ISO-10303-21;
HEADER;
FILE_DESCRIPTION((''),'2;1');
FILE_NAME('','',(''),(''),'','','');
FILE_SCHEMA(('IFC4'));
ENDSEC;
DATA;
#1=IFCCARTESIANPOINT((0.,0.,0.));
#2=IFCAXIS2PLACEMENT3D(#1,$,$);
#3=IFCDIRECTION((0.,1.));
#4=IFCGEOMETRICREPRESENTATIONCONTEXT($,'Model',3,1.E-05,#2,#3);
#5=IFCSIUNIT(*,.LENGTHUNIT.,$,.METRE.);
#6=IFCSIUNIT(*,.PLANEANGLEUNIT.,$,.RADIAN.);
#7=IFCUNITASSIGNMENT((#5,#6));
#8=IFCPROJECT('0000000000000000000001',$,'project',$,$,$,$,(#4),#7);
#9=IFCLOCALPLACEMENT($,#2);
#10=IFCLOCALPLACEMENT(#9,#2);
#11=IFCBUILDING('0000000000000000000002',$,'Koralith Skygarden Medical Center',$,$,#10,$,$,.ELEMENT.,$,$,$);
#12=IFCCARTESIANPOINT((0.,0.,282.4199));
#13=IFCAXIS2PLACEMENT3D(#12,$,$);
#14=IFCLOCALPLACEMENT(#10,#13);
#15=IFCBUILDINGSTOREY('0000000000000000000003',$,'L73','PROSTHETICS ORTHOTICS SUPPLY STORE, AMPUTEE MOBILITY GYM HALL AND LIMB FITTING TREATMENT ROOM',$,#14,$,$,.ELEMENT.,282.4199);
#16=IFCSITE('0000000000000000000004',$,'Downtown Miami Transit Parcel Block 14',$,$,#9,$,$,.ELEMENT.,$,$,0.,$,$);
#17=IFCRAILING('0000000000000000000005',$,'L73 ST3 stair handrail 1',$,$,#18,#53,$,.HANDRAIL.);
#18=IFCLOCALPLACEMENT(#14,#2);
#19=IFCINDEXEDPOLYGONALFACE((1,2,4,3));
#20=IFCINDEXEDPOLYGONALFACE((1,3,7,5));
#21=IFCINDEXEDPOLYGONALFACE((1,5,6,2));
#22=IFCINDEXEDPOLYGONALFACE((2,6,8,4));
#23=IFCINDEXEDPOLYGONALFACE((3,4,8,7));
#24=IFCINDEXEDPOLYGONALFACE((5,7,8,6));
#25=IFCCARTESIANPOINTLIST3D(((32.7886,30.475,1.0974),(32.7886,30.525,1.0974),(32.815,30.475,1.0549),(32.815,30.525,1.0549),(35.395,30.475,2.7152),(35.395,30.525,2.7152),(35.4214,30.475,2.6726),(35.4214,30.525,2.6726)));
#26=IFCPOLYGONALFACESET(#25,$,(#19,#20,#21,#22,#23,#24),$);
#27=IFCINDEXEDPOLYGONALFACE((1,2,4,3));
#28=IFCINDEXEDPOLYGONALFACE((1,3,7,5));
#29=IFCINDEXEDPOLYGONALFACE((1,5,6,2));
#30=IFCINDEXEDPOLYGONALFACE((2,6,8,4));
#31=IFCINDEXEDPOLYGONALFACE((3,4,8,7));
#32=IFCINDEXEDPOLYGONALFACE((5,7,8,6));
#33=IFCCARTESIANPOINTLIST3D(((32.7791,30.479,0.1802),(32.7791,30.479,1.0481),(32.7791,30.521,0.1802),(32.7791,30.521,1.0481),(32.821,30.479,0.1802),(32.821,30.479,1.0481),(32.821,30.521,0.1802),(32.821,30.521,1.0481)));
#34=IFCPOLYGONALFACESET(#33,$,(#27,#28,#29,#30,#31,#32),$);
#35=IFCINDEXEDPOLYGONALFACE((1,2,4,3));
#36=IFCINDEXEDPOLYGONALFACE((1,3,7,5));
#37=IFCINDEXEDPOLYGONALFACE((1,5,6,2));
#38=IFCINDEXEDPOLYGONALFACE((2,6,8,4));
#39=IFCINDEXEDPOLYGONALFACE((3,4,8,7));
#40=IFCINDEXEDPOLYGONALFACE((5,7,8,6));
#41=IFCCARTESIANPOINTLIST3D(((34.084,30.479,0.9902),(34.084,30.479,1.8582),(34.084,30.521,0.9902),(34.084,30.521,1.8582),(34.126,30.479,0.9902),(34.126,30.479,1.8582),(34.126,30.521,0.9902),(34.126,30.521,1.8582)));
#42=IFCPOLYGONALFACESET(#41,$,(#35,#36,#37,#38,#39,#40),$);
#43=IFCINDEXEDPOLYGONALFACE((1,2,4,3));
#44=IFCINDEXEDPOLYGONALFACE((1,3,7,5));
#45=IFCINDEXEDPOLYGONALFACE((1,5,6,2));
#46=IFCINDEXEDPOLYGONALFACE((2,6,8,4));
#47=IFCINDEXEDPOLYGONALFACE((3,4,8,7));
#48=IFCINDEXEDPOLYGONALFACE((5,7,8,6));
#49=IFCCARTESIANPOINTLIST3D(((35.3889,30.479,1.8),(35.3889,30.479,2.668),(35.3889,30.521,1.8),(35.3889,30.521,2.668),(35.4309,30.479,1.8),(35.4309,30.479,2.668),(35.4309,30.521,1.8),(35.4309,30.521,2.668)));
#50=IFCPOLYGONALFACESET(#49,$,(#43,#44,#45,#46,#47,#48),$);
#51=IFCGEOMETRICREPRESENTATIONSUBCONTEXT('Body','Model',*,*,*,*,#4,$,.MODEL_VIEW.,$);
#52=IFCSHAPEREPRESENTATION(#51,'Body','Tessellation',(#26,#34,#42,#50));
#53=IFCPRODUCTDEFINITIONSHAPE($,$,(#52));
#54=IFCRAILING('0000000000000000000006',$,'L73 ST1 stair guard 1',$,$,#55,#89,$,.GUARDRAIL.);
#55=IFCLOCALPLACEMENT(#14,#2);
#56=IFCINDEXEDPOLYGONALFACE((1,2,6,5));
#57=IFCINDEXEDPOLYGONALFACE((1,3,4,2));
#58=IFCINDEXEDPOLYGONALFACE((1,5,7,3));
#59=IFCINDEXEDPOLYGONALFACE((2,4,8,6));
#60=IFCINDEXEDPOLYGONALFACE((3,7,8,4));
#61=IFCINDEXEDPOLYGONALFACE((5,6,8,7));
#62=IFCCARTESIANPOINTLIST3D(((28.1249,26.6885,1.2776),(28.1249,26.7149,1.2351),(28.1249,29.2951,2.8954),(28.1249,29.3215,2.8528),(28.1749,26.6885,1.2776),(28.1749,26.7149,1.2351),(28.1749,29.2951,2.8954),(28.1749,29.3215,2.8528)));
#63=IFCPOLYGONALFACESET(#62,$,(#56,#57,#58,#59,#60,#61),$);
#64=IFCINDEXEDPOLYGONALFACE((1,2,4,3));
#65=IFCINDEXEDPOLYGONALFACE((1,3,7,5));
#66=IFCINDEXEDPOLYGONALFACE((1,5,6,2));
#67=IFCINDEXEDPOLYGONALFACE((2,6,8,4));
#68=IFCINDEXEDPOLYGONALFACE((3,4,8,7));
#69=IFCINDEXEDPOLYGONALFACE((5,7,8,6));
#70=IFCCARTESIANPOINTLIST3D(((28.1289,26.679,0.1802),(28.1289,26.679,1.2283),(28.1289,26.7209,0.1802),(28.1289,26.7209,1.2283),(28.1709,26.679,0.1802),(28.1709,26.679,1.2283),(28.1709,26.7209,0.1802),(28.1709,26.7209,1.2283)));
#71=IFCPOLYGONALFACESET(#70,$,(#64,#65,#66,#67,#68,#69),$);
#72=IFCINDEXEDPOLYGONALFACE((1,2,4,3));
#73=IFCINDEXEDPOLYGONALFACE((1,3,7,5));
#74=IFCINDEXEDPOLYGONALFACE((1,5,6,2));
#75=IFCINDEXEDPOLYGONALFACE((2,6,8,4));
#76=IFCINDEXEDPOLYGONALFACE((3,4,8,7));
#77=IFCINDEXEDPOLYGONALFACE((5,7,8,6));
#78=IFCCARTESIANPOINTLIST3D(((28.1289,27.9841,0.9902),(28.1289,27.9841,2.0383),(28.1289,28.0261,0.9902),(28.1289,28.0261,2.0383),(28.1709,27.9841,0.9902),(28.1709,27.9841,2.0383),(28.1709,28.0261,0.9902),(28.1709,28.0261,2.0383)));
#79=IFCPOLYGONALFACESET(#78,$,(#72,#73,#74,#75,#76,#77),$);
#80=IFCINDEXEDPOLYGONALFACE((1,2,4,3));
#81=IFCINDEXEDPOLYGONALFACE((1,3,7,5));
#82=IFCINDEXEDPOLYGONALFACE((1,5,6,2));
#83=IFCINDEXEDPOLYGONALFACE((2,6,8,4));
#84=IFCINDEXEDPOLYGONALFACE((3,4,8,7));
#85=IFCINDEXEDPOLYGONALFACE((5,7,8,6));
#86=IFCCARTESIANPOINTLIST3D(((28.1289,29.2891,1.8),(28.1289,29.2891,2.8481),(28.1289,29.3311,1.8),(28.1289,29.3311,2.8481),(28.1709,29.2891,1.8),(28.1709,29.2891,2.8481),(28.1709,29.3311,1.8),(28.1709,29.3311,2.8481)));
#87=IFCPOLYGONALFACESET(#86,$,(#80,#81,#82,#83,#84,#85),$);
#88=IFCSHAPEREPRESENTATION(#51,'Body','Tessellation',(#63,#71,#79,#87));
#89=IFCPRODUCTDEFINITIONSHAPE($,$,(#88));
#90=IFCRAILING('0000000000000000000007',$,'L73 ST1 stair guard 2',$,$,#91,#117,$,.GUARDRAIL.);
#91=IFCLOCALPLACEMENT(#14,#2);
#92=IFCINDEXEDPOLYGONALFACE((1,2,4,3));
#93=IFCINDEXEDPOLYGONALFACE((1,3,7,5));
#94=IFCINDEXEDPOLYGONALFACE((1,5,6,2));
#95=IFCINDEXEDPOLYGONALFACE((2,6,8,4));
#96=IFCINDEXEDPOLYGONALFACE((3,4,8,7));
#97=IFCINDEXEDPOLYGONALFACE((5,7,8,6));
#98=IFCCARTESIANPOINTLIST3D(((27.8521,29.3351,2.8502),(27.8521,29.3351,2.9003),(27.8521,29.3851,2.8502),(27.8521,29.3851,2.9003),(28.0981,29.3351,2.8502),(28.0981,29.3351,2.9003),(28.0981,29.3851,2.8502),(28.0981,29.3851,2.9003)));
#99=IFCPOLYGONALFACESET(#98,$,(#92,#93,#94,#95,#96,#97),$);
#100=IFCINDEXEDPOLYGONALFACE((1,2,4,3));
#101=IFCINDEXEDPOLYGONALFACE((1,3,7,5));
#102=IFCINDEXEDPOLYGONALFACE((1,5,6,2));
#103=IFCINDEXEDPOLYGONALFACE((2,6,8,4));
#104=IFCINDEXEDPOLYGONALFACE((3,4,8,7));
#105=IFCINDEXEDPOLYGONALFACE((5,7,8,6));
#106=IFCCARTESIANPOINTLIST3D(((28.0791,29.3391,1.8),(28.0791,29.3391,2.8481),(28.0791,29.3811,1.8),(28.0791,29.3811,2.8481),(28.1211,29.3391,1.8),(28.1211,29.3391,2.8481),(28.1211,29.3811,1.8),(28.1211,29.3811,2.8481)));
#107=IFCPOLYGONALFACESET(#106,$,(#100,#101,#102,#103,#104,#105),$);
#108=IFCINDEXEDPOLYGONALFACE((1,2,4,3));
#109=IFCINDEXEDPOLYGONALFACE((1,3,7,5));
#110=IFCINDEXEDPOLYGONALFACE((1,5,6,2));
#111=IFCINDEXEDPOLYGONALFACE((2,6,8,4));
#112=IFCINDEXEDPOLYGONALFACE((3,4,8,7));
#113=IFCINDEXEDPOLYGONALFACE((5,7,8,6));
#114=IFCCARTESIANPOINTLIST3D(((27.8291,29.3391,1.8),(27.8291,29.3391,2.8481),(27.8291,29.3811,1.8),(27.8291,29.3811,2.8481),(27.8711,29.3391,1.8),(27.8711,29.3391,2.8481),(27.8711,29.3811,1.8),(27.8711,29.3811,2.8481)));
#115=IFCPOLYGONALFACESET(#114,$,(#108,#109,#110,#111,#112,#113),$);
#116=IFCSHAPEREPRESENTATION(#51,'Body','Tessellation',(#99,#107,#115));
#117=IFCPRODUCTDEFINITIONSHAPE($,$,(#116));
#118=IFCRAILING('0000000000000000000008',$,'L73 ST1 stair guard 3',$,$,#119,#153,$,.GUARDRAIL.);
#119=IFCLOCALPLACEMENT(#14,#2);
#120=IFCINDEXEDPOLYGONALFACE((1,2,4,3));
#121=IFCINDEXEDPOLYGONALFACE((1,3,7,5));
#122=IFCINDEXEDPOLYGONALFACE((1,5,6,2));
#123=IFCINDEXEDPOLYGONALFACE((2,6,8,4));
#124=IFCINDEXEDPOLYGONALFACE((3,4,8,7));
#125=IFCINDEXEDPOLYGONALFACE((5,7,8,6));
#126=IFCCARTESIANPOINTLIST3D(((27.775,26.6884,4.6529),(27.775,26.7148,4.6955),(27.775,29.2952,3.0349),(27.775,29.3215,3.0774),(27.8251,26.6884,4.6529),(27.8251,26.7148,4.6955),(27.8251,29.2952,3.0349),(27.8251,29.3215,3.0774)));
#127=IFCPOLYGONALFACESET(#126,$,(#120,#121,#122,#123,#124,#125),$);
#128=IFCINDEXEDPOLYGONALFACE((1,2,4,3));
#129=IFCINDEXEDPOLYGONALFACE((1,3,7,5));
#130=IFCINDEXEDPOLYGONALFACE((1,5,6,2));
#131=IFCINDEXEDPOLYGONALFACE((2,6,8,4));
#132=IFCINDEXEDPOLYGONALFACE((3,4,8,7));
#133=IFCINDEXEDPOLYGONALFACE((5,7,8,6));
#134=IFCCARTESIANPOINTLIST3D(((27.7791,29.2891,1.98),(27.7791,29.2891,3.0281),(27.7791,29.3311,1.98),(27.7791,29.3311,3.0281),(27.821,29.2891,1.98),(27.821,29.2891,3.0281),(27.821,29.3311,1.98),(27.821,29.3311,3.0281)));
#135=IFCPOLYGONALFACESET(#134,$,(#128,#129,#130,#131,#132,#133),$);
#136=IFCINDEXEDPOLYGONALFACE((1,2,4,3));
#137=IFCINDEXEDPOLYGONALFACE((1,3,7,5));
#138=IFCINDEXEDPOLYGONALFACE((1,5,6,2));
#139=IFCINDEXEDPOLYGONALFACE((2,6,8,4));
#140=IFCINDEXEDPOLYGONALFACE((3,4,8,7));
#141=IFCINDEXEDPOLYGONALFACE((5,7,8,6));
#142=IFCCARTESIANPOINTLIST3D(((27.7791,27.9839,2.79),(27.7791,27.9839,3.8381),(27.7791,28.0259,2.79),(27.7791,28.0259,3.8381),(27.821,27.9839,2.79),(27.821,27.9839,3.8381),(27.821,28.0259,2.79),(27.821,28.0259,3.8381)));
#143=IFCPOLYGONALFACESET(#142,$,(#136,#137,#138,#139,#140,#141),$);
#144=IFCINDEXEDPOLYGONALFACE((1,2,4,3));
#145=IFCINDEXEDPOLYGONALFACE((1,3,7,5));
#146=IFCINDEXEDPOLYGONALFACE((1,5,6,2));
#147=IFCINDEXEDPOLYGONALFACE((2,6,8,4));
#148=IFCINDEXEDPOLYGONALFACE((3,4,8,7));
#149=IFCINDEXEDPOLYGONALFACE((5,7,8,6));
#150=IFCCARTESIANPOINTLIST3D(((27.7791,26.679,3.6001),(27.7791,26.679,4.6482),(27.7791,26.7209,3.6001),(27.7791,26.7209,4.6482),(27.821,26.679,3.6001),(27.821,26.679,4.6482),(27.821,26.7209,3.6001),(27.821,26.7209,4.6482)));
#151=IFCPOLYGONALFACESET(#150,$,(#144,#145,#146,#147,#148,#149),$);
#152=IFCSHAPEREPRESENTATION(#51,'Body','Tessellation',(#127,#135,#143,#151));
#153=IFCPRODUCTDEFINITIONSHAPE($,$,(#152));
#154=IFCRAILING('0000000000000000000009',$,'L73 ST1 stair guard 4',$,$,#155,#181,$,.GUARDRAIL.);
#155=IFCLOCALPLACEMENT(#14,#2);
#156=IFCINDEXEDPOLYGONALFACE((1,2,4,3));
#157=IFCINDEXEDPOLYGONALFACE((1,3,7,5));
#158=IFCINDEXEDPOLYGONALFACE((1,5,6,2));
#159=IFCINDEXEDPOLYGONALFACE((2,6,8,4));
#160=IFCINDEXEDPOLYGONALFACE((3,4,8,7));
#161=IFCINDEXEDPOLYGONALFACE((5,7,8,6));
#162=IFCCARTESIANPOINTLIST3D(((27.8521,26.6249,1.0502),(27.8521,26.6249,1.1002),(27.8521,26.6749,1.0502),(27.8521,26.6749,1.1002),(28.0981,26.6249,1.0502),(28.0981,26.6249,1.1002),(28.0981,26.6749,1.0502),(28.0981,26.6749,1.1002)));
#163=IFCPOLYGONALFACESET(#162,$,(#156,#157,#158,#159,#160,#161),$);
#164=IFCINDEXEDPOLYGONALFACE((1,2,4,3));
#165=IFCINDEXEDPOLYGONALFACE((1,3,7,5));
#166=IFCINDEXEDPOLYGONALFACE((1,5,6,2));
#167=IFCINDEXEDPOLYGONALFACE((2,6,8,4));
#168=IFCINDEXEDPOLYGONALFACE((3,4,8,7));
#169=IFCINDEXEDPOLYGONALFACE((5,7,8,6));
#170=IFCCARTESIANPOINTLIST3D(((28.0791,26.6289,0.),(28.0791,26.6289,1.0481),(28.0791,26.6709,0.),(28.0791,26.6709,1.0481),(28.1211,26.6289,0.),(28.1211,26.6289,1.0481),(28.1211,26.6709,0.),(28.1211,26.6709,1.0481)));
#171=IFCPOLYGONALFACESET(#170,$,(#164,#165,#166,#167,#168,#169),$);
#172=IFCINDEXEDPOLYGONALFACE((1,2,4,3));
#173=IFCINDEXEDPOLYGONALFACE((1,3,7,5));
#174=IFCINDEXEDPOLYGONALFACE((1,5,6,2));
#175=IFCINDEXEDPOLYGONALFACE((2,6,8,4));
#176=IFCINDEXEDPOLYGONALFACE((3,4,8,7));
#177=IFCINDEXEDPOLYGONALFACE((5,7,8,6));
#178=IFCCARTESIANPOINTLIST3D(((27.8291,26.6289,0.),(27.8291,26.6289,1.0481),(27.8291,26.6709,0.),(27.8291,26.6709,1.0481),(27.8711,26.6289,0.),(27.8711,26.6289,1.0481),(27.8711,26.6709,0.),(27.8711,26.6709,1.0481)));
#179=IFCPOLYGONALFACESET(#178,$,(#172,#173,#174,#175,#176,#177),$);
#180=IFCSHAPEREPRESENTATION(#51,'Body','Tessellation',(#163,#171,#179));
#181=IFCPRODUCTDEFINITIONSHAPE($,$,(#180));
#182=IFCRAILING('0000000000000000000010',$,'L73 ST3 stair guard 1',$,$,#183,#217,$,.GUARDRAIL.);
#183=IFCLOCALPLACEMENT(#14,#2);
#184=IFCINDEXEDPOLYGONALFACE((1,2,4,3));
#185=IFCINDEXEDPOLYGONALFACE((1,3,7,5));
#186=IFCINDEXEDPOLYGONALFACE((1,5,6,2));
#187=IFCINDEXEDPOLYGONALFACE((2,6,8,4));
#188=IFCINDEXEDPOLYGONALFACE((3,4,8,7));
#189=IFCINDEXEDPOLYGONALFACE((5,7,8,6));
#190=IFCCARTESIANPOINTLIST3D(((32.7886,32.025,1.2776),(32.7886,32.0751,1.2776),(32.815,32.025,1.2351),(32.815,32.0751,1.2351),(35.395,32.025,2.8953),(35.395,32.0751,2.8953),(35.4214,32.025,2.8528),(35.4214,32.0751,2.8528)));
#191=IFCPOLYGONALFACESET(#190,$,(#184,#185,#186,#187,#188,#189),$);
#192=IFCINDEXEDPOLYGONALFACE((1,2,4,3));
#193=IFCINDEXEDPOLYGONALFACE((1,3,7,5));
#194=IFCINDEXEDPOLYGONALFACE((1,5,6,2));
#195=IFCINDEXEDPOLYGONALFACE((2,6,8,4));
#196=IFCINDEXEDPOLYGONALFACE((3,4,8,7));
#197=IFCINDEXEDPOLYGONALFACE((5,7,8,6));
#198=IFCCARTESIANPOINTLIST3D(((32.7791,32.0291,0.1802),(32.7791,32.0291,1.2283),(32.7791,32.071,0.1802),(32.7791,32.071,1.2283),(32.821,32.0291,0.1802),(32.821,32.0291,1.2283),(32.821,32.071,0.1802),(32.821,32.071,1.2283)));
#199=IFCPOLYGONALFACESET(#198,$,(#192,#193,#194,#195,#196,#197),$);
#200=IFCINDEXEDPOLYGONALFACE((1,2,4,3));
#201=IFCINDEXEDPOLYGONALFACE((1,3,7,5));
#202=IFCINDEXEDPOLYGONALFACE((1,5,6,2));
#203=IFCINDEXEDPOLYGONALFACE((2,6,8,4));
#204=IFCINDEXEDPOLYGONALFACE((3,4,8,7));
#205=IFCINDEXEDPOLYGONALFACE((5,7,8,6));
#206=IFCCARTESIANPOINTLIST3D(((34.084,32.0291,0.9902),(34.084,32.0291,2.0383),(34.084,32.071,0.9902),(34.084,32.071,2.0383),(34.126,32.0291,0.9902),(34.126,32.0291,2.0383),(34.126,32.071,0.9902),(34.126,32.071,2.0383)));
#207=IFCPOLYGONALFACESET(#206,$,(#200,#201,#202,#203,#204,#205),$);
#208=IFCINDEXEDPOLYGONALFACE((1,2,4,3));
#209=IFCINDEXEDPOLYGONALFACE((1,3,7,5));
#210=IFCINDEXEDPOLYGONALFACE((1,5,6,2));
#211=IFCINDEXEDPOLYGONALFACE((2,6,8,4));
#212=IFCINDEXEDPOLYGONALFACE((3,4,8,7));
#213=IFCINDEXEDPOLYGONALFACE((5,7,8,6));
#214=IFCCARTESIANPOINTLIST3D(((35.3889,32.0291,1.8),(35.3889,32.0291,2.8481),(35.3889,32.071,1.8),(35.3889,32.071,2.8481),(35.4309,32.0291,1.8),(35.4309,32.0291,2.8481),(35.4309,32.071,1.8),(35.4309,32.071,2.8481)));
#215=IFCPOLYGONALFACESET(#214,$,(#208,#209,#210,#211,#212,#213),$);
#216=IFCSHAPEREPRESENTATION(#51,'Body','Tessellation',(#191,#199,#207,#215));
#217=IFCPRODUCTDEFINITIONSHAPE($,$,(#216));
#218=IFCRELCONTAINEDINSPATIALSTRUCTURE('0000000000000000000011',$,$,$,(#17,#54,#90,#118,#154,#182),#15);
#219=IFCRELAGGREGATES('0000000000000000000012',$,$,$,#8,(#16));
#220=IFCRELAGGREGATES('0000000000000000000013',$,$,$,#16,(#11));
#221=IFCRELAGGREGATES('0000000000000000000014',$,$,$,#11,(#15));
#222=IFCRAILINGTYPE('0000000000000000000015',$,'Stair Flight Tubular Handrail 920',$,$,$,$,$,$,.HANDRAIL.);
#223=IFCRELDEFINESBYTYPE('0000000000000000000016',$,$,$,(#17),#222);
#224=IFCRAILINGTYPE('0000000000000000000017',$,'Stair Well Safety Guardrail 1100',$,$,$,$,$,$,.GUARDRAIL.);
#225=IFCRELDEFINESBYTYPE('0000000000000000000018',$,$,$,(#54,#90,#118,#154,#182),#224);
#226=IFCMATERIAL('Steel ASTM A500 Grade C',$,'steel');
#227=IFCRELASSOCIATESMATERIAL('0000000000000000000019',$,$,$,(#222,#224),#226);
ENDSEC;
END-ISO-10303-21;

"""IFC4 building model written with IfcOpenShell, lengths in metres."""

from ifc_helpers import new_model, si_unit, direction, frame, origin, origin_2d, place, context, subcontext, project, spatial, rectangle, extrude, material, type_object, element, save


model = new_model("IFC4")

# Units and contexts
model_context = context("Model", 3, precision=1e-05, world=origin(), true_north=direction((0.0, 1.0)))
body_context = subcontext(model_context, "Body", "Model", "MODEL_VIEW")
ifc_project = project(units=[si_unit("LENGTHUNIT", "METRE"), si_unit("PLANEANGLEUNIT", "RADIAN")], contexts=[model_context])

# Site, building, storey
site_placement = place(None, origin())
site = spatial("IfcSite", under=ifc_project, at=site_placement, Name="Downtown Miami Transit Parcel Block 14", CompositionType="ELEMENT", RefElevation=0.0)
building_placement = place(site_placement, origin())
building = spatial("IfcBuilding", under=site, at=building_placement, Name="Koralith Skygarden Medical Center", CompositionType="ELEMENT")
storey_placement = place(building_placement, frame((0.0, 0.0, 282.4199)))
storey = spatial("IfcBuildingStorey", under=building, at=storey_placement, Name="L73", Description="PROSTHETICS ORTHOTICS SUPPLY STORE, AMPUTEE MOBILITY GYM HALL AND LIMB FITTING TREATMENT ROOM", CompositionType="ELEMENT", Elevation=282.4199)

# Railings
ifc_material_1 = material(Name="Steel ASTM A500 Grade C", Category="steel")
railing_type_1 = type_object("IfcRailingType", Name="Stair Flight Tubular Handrail 920", PredefinedType="HANDRAIL", material=ifc_material_1)
railing_1_placement = place(storey_placement, frame((32.8, 30.5, 0.1802)))
element("IfcRailing", 1, at=railing_1_placement, inside=storey, type_object=railing_type_1, Name="L73 ST3 stair handrail 1", PredefinedType="HANDRAIL", context=body_context, shape_type="SweptSolid", body=[
    extrude(rectangle(XDim=0.05, YDim=0.05, at=origin_2d()), frame((0.0017, 0.0, 0.896), z_axis=(0.849646, 0.0, 0.527353), x_axis=(0.0, 1.0, 0.0)), (0.0, 0.0, 1.0), 3.0676),
    extrude(rectangle(XDim=0.042, YDim=0.042, at=origin_2d()), origin(), (0.0, 0.0, 1.0), 0.8679),
    extrude(rectangle(XDim=0.042, YDim=0.042, at=origin_2d()), frame((1.3049, 0.0, 0.8101)), (0.0, 0.0, 1.0), 0.8679),
    extrude(rectangle(XDim=0.042, YDim=0.042, at=origin_2d()), frame((2.6099, 0.0, 1.6199)), (0.0, 0.0, 1.0), 0.8679),
])
railing_type_2 = type_object("IfcRailingType", Name="Stair Well Safety Guardrail 1100", PredefinedType="GUARDRAIL", material=ifc_material_1)
railing_2_placement = place(storey_placement, frame((28.1499, 26.7, 0.1802)))
element("IfcRailing", 2, at=railing_2_placement, inside=storey, type_object=railing_type_2, Name="L73 ST1 stair guard 1", PredefinedType="GUARDRAIL", context=body_context, shape_type="SweptSolid", body=[
    extrude(rectangle(XDim=0.05, YDim=0.05, at=origin_2d()), frame((0.0, 0.0017, 1.0762), z_axis=(0.0, 0.849668, 0.527317), x_axis=(-1.0, 0.0, 0.0)), (0.0, 0.0, 1.0), 3.0679),
    extrude(rectangle(XDim=0.042, YDim=0.042, at=origin_2d()), origin(), (0.0, 0.0, 1.0), 1.0481),
    extrude(rectangle(XDim=0.042, YDim=0.042, at=origin_2d()), frame((0.0, 1.3052, 0.8101)), (0.0, 0.0, 1.0), 1.0481),
    extrude(rectangle(XDim=0.042, YDim=0.042, at=origin_2d()), frame((0.0, 2.6101, 1.6199)), (0.0, 0.0, 1.0), 1.0481),
])
railing_3_placement = place(storey_placement, frame((28.1001, 29.3601, 1.8)))
element("IfcRailing", 3, at=railing_3_placement, inside=storey, type_object=railing_type_2, Name="L73 ST1 stair guard 2", PredefinedType="GUARDRAIL", context=body_context, shape_type="SweptSolid", body=[
    extrude(rectangle(XDim=0.05, YDim=0.05, at=origin_2d()), frame((-0.002, 0.0, 1.0752), z_axis=(-1.0, 0.0, 0.0), x_axis=(0.0, -1.0, 0.0)), (0.0, 0.0, 1.0), 0.2461),
    extrude(rectangle(XDim=0.042, YDim=0.042, at=origin_2d()), origin(), (0.0, 0.0, 1.0), 1.0481),
    extrude(rectangle(XDim=0.042, YDim=0.042, at=origin_2d()), frame((-0.25, 0.0, 0.0)), (0.0, 0.0, 1.0), 1.0481),
])
railing_4_placement = place(storey_placement, frame((27.8, 29.3101, 1.98)))
element("IfcRailing", 4, at=railing_4_placement, inside=storey, type_object=railing_type_2, Name="L73 ST1 stair guard 3", PredefinedType="GUARDRAIL", context=body_context, shape_type="SweptSolid", body=[
    extrude(rectangle(XDim=0.05, YDim=0.05, at=origin_2d()), frame((0.0, -0.0017, 1.0762), z_axis=(0.0, -0.849633, 0.527375), x_axis=(1.0, 0.0, 0.0)), (0.0, 0.0, 1.0), 3.0681),
    extrude(rectangle(XDim=0.042, YDim=0.042, at=origin_2d()), origin(), (0.0, 0.0, 1.0), 1.0481),
    extrude(rectangle(XDim=0.042, YDim=0.042, at=origin_2d()), frame((0.0, -1.3052, 0.8101)), (0.0, 0.0, 1.0), 1.0481),
    extrude(rectangle(XDim=0.042, YDim=0.042, at=origin_2d()), frame((0.0, -2.6101, 1.6201)), (0.0, 0.0, 1.0), 1.0481),
])
railing_5_placement = place(storey_placement, frame((28.1001, 26.6499, 0.0)))
element("IfcRailing", 5, at=railing_5_placement, inside=storey, type_object=railing_type_2, Name="L73 ST1 stair guard 4", PredefinedType="GUARDRAIL", context=body_context, shape_type="SweptSolid", body=[
    extrude(rectangle(XDim=0.05, YDim=0.05, at=origin_2d()), frame((-0.002, 0.0, 1.0752), z_axis=(-1.0, 0.0, 0.0), x_axis=(0.0, -1.0, 0.0)), (0.0, 0.0, 1.0), 0.2461),
    extrude(rectangle(XDim=0.042, YDim=0.042, at=origin_2d()), origin(), (0.0, 0.0, 1.0), 1.0481),
    extrude(rectangle(XDim=0.042, YDim=0.042, at=origin_2d()), frame((-0.25, 0.0, 0.0)), (0.0, 0.0, 1.0), 1.0481),
])
railing_6_placement = place(storey_placement, frame((32.8, 32.05, 0.1802)))
element("IfcRailing", 6, at=railing_6_placement, inside=storey, type_object=railing_type_2, Name="L73 ST3 stair guard 1", PredefinedType="GUARDRAIL", context=body_context, shape_type="SweptSolid", body=[
    extrude(rectangle(XDim=0.05, YDim=0.05, at=origin_2d()), frame((0.0017, 0.0, 1.0762), z_axis=(0.849646, 0.0, 0.527353), x_axis=(0.0, 1.0, 0.0)), (0.0, 0.0, 1.0), 3.0676),
    extrude(rectangle(XDim=0.042, YDim=0.042, at=origin_2d()), origin(), (0.0, 0.0, 1.0), 1.0481),
    extrude(rectangle(XDim=0.042, YDim=0.042, at=origin_2d()), frame((1.3049, 0.0, 0.8101)), (0.0, 0.0, 1.0), 1.0481),
    extrude(rectangle(XDim=0.042, YDim=0.042, at=origin_2d()), frame((2.6099, 0.0, 1.6199)), (0.0, 0.0, 1.0), 1.0481),
])

save(model, "model.ifc")
